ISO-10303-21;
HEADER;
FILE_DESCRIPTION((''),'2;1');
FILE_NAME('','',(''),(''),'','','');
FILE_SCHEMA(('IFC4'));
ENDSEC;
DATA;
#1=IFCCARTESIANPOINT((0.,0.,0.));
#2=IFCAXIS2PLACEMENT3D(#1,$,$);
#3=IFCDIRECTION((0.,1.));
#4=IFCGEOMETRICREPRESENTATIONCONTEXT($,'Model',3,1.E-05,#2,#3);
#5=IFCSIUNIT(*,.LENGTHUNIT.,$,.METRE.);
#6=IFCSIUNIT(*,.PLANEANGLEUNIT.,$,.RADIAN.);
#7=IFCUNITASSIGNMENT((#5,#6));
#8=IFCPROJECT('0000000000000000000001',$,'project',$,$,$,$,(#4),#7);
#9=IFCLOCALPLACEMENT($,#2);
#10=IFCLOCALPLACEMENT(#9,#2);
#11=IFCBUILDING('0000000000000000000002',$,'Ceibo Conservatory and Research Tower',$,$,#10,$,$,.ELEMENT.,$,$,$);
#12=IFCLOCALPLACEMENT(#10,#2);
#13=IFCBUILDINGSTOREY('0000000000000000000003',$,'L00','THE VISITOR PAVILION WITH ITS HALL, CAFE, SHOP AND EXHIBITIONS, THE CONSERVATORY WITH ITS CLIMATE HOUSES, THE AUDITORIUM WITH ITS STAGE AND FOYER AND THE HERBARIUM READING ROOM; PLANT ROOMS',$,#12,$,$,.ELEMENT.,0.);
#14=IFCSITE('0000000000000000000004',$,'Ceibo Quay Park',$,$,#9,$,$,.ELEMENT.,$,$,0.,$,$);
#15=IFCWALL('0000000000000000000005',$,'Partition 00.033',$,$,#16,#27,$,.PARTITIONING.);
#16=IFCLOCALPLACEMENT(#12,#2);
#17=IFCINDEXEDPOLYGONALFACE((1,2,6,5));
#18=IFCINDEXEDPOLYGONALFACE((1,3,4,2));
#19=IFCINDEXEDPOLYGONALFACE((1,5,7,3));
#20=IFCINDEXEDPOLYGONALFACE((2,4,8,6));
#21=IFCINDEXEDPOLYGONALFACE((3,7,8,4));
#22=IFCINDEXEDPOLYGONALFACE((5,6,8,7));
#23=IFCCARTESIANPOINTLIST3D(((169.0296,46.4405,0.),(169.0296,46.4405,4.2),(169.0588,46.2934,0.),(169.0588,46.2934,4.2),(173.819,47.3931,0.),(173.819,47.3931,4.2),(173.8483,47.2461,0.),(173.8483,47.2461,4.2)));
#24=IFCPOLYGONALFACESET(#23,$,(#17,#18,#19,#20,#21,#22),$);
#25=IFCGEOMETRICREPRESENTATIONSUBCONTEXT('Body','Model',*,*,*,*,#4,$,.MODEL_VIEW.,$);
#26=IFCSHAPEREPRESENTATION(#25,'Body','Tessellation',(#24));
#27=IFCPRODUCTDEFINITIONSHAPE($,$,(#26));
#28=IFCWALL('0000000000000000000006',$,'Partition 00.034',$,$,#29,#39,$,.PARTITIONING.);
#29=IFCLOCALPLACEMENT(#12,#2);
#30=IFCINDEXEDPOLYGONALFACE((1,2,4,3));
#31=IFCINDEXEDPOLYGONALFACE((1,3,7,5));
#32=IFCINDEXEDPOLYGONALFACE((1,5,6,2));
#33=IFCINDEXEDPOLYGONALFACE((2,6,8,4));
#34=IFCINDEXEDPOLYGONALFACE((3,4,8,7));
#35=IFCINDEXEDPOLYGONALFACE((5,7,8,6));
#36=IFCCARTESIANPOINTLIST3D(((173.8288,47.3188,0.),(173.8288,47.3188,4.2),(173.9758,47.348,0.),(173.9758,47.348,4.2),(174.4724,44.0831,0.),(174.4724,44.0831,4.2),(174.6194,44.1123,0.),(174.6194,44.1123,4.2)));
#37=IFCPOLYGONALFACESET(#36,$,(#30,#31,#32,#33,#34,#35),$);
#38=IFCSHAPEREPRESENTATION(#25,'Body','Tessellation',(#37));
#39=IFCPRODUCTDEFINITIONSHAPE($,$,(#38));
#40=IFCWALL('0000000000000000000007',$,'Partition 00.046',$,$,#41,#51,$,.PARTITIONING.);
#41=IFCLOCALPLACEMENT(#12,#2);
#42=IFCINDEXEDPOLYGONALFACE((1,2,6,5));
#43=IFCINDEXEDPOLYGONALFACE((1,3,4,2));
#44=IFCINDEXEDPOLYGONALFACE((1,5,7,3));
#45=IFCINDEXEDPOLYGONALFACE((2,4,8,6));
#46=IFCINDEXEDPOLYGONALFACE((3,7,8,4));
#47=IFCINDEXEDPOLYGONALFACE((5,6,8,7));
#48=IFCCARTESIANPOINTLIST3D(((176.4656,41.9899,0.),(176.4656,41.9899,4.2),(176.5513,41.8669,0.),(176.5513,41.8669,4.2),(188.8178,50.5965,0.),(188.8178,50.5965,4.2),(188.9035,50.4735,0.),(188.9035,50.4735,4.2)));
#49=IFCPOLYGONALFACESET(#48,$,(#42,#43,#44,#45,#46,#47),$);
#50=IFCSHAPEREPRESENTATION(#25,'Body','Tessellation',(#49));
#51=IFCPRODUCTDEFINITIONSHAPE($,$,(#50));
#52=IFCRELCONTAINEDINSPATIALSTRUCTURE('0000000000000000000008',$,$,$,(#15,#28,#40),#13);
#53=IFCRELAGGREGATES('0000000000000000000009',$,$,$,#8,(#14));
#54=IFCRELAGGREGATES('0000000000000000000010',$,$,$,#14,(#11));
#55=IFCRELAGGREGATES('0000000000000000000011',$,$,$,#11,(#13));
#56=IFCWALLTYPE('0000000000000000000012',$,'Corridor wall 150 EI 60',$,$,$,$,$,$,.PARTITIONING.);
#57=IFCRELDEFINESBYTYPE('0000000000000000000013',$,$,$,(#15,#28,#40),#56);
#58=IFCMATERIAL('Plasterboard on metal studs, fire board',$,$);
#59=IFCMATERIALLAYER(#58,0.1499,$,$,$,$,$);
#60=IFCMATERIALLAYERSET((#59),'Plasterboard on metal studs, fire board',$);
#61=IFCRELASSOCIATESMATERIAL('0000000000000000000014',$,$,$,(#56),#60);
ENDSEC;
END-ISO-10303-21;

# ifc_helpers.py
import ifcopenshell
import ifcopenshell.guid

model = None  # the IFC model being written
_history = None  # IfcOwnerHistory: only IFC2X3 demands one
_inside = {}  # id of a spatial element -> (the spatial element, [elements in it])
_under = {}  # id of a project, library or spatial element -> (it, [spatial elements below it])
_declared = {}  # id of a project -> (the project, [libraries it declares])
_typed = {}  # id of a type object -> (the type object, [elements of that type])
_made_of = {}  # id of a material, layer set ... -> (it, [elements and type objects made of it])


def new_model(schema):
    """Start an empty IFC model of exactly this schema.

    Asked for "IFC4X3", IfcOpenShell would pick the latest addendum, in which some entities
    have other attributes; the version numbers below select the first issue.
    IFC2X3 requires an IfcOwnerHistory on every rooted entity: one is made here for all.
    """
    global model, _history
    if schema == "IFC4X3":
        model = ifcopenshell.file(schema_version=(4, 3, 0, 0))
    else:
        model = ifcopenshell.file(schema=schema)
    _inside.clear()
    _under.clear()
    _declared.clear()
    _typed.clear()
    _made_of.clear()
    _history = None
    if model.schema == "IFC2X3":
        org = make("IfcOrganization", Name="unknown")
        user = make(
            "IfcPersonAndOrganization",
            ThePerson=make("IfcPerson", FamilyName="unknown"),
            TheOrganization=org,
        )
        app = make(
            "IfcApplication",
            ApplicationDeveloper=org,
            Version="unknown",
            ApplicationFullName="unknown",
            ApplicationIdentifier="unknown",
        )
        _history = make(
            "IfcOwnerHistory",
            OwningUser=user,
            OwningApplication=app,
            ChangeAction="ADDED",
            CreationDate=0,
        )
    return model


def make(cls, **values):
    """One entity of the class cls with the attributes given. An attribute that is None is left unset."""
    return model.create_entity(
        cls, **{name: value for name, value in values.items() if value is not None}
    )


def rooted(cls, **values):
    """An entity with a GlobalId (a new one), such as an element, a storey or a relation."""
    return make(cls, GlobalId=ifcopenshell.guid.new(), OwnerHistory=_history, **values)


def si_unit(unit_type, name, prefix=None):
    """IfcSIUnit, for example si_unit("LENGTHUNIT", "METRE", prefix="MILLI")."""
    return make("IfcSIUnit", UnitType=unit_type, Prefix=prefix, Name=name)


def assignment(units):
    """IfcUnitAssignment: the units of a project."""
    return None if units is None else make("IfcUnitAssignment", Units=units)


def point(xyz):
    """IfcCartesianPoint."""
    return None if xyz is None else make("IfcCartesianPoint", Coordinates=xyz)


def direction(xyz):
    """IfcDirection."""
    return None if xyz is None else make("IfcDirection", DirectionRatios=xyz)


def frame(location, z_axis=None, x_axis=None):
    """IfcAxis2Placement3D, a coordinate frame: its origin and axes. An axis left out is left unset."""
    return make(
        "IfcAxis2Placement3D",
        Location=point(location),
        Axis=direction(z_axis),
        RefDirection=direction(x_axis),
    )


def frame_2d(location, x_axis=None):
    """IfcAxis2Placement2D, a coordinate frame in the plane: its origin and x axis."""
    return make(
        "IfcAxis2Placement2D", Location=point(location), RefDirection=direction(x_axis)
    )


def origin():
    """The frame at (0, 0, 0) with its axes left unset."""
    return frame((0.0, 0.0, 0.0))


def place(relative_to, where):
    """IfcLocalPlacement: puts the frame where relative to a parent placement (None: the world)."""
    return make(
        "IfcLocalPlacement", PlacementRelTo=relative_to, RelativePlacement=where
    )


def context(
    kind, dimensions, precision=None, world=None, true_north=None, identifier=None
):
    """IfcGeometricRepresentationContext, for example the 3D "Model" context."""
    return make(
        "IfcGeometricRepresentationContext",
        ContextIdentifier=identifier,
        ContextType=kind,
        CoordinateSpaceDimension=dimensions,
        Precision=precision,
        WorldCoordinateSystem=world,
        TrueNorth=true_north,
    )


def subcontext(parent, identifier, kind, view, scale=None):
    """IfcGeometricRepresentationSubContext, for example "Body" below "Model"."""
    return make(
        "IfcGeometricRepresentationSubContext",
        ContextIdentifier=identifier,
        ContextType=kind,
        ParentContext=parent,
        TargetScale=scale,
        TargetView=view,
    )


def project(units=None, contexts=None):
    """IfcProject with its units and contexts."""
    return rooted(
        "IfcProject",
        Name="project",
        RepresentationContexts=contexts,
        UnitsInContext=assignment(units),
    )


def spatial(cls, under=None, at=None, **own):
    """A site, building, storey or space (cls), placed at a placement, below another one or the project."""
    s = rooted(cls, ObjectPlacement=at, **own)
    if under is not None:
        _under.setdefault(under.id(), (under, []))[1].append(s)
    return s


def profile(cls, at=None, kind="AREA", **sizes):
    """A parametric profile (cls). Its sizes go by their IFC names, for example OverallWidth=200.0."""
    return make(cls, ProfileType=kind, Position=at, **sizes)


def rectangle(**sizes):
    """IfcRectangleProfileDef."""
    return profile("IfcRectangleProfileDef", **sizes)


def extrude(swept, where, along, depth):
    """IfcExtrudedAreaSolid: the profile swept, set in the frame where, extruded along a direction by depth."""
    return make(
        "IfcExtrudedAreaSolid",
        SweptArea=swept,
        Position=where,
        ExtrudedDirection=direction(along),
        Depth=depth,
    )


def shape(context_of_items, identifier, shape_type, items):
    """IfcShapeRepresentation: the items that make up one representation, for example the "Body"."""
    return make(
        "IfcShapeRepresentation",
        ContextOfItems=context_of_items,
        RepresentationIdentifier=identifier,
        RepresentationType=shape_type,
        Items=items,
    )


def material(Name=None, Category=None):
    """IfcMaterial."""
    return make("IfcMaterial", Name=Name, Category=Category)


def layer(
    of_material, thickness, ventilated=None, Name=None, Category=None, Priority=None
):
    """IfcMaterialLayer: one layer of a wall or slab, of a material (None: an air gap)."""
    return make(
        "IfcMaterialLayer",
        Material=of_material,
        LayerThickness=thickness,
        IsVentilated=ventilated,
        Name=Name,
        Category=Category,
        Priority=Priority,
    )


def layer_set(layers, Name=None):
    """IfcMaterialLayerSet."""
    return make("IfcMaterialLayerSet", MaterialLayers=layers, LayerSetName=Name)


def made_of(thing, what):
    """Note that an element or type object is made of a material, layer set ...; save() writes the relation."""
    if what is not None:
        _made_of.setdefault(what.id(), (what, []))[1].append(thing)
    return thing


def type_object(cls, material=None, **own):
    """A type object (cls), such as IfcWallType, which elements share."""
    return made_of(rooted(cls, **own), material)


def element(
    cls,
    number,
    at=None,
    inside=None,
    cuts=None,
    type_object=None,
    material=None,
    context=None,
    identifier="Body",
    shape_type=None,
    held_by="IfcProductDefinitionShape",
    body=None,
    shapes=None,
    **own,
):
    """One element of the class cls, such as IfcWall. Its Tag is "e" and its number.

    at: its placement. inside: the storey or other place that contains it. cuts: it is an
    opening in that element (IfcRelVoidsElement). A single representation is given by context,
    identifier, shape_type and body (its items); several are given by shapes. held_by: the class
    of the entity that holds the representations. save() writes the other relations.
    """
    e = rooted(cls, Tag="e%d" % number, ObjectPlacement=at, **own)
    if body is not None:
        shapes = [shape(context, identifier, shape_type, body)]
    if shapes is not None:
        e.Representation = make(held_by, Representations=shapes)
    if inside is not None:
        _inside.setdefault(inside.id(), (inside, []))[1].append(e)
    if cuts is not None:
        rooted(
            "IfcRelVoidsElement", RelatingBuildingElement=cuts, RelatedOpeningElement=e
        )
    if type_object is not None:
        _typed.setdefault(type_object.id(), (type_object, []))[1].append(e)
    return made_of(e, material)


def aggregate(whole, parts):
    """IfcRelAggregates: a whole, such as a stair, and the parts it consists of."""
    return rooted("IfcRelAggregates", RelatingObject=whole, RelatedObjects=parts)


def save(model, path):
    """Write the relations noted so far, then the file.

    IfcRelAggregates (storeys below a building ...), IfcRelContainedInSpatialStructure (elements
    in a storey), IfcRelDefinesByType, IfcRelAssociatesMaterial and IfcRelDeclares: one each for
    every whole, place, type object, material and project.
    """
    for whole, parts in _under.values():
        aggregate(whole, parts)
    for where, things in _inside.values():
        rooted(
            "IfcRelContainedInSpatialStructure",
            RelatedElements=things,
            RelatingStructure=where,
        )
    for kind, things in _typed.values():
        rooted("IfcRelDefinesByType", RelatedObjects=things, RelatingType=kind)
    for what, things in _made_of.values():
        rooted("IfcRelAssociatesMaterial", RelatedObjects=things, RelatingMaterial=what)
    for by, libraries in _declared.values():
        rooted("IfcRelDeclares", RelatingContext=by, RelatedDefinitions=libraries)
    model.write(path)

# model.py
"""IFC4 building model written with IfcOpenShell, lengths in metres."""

from ifc_helpers import new_model, si_unit, direction, frame, frame_2d, origin, place, context, subcontext, project, spatial, rectangle, extrude, material, layer, layer_set, type_object, element, save


model = new_model("IFC4")

# Units and contexts
model_context = context("Model", 3, precision=1e-05, world=origin(), true_north=direction((0.0, 1.0)))
body_context = subcontext(model_context, "Body", "Model", "MODEL_VIEW")
ifc_project = project(units=[si_unit("LENGTHUNIT", "METRE"), si_unit("PLANEANGLEUNIT", "RADIAN")], contexts=[model_context])

# Site, building, storey
site_placement = place(None, origin())
site = spatial("IfcSite", under=ifc_project, at=site_placement, Name="Ceibo Quay Park", CompositionType="ELEMENT", RefElevation=0.0)
building_placement = place(site_placement, origin())
building = spatial("IfcBuilding", under=site, at=building_placement, Name="Ceibo Conservatory and Research Tower", CompositionType="ELEMENT")
storey_placement = place(building_placement, origin())
storey = spatial("IfcBuildingStorey", under=building, at=storey_placement, Name="L00", Description="THE VISITOR PAVILION WITH ITS HALL, CAFE, SHOP AND EXHIBITIONS, THE CONSERVATORY WITH ITS CLIMATE HOUSES, THE AUDITORIUM WITH ITS STAGE AND FOYER AND THE HERBARIUM READING ROOM; PLANT ROOMS", CompositionType="ELEMENT", Elevation=0.0)

# Shared definitions
ifc_material_1 = material(Name="Plasterboard on metal studs, fire board")
ifc_layer = layer(ifc_material_1, 0.1499)
ifc_layer_set = layer_set([ifc_layer], Name="Plasterboard on metal studs, fire board")
wall_type = type_object("IfcWallType", Name="Corridor wall 150 EI 60", PredefinedType="PARTITIONING", material=ifc_layer_set)

# Walls
wall_1_placement = place(storey_placement, frame((169.0442, 46.3669, 0.0), z_axis=(0.0, 0.0, 1.0), x_axis=(0.980788, 0.195078, 0.0)))
element("IfcWall", 1, at=wall_1_placement, inside=storey, type_object=wall_type, Name="Partition 00.033", PredefinedType="PARTITIONING", context=body_context, shape_type="SweptSolid", body=[
    extrude(rectangle(XDim=4.8833, YDim=0.1499, at=frame_2d((2.4417, 0.0))), origin(), (0.0, 0.0, 1.0), 4.2),
])
wall_2_placement = place(storey_placement, frame((173.9023, 47.3333, 0.0), z_axis=(0.0, 0.0, 1.0), x_axis=(0.195077, -0.980788, 0.0)))
element("IfcWall", 2, at=wall_2_placement, inside=storey, type_object=wall_type, Name="Partition 00.034", PredefinedType="PARTITIONING", context=body_context, shape_type="SweptSolid", body=[
    extrude(rectangle(XDim=3.2991, YDim=0.1499, at=frame_2d((1.6494, 0.0))), origin(), (0.0, 0.0, 1.0), 4.2),
])
wall_3_placement = place(storey_placement, frame((176.5085, 41.9285, 0.0), z_axis=(0.0, 0.0, 1.0), x_axis=(0.820476, 0.571682, 0.0)))
element("IfcWall", 3, at=wall_3_placement, inside=storey, type_object=wall_type, Name="Partition 00.046", PredefinedType="PARTITIONING", context=body_context, shape_type="SweptSolid", body=[
    extrude(rectangle(XDim=15.0549, YDim=0.1499, at=frame_2d((7.5273, 0.0))), origin(), (0.0, 0.0, 1.0), 4.2),
])

save(model, "model.ifc")
